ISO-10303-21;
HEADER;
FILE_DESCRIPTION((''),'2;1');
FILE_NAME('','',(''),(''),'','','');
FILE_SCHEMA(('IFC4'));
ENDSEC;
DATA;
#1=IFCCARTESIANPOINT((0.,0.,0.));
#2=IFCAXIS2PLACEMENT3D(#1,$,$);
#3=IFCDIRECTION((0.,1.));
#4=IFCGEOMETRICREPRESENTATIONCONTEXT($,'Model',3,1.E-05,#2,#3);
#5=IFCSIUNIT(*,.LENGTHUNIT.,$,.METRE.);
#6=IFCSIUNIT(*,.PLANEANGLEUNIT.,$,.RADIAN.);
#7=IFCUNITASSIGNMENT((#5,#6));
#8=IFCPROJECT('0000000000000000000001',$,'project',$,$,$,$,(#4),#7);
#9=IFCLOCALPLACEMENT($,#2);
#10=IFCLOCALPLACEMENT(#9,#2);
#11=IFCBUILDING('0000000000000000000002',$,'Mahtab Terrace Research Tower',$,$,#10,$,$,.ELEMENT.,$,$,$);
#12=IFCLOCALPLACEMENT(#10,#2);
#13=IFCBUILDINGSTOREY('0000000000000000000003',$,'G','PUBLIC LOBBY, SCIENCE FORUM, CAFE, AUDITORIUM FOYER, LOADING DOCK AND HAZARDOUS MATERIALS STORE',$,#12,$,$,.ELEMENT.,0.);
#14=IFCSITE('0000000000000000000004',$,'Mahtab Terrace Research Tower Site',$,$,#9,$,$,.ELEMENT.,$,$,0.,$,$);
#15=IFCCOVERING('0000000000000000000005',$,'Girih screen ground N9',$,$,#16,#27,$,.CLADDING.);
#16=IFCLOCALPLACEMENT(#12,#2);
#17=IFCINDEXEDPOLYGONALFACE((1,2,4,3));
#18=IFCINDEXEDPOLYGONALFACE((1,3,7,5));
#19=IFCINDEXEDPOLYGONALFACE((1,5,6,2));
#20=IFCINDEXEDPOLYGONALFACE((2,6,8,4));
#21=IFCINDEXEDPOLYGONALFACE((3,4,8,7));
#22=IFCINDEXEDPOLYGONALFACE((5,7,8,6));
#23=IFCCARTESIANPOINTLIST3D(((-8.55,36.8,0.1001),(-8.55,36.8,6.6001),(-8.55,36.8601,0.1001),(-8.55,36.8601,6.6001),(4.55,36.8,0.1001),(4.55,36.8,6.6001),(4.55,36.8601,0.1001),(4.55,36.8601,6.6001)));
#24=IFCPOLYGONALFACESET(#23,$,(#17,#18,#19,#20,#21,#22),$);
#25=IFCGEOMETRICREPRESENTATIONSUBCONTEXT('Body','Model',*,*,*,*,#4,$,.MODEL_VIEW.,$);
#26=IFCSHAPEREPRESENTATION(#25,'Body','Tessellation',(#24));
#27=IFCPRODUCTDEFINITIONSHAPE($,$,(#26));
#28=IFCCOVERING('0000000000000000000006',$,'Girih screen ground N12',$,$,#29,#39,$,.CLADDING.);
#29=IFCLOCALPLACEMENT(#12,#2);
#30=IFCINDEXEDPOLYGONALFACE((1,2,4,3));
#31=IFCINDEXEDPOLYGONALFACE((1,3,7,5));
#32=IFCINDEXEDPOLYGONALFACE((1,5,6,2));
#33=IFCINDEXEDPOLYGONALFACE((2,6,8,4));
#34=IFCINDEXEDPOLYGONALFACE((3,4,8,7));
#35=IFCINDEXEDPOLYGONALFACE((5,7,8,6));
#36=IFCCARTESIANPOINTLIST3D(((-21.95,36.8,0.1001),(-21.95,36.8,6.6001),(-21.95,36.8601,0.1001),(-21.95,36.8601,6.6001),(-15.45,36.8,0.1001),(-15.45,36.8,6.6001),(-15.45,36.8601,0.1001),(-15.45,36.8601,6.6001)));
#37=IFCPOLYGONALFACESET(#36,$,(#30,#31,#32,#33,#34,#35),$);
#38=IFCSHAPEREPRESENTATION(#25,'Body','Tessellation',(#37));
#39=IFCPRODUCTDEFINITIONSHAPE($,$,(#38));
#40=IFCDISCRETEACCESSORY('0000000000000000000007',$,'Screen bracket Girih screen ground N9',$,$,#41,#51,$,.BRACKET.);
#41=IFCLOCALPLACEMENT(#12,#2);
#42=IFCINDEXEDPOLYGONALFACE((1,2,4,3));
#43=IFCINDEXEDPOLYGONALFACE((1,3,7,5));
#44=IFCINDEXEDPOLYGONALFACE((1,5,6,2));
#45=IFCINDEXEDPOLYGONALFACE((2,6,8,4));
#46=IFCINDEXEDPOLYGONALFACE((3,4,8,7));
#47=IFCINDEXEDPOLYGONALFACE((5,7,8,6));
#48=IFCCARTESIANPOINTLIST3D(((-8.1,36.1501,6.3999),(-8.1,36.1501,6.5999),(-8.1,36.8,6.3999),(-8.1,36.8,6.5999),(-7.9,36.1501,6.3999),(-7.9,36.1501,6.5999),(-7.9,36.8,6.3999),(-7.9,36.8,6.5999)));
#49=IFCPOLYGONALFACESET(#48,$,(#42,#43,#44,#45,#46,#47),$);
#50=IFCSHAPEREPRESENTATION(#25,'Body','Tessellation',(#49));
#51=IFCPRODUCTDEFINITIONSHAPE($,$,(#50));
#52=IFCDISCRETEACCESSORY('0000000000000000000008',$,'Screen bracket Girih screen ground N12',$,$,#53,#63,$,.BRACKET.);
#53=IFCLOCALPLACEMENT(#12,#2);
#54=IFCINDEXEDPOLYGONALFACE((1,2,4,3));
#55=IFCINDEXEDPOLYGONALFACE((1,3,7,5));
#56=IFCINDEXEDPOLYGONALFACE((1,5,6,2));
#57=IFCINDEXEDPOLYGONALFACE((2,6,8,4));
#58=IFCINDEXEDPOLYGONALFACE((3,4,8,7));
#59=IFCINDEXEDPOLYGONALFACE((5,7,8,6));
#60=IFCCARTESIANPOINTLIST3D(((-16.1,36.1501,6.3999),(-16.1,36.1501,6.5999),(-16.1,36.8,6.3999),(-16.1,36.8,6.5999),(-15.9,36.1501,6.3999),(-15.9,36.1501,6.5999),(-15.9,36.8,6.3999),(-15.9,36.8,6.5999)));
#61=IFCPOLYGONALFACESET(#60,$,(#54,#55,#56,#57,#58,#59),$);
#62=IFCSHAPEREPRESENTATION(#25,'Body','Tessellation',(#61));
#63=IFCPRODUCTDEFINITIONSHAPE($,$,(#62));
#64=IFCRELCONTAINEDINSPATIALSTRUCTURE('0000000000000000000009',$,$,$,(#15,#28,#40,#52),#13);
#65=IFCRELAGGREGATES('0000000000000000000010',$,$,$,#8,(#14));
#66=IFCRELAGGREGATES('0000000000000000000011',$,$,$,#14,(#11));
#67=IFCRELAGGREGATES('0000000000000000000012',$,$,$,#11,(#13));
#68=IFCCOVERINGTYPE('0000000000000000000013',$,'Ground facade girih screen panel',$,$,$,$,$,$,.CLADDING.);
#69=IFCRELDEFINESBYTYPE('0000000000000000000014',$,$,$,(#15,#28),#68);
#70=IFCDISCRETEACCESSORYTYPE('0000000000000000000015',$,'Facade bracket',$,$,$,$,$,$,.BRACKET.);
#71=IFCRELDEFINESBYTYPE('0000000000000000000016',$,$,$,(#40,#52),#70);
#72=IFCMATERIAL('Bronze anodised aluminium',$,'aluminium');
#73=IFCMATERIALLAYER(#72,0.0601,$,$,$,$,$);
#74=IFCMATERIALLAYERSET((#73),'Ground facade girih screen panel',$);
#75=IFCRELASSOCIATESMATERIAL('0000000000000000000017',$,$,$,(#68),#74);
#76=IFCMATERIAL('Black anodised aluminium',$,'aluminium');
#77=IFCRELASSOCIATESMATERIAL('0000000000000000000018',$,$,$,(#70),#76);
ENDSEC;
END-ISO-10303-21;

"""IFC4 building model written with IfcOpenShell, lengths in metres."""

from ifc_helpers import new_model, si_unit, direction, frame, origin, origin_2d, place, context, subcontext, project, spatial, rectangle, extrude, material, layer, layer_set, type_object, element, save


model = new_model("IFC4")

# Units and contexts
model_context = context("Model", 3, precision=1e-05, world=origin(), true_north=direction((0.0, 1.0)))
body_context = subcontext(model_context, "Body", "Model", "MODEL_VIEW")
ifc_project = project(units=[si_unit("LENGTHUNIT", "METRE"), si_unit("PLANEANGLEUNIT", "RADIAN")], contexts=[model_context])

# Site, building, storey
site_placement = place(None, origin())
site = spatial("IfcSite", under=ifc_project, at=site_placement, Name="Mahtab Terrace Research Tower Site", CompositionType="ELEMENT", RefElevation=0.0)
building_placement = place(site_placement, origin())
building = spatial("IfcBuilding", under=site, at=building_placement, Name="Mahtab Terrace Research Tower", CompositionType="ELEMENT")
storey_placement = place(building_placement, origin())
storey = spatial("IfcBuildingStorey", under=building, at=storey_placement, Name="G", Description="PUBLIC LOBBY, SCIENCE FORUM, CAFE, AUDITORIUM FOYER, LOADING DOCK AND HAZARDOUS MATERIALS STORE", CompositionType="ELEMENT", Elevation=0.0)

# Shared definitions
ifc_material_1 = material(Name="Black anodised aluminium", Category="aluminium")

# Coverings
ifc_material_2 = material(Name="Bronze anodised aluminium", Category="aluminium")
ifc_layer_1 = layer(ifc_material_2, 0.0601)
ifc_layer_set_1 = layer_set([ifc_layer_1], Name="Ground facade girih screen panel")
covering_type = type_object("IfcCoveringType", Name="Ground facade girih screen panel", PredefinedType="CLADDING", material=ifc_layer_set_1)
covering_1_placement = place(storey_placement, frame((-2.0, 36.8301, 0.1001), z_axis=(0.0, 0.0, 1.0), x_axis=(-1.0, 0.0, 0.0)))
element("IfcCovering", 1, at=covering_1_placement, inside=storey, type_object=covering_type, Name="Girih screen ground N9", PredefinedType="CLADDING", context=body_context, shape_type="SweptSolid", body=[
    extrude(rectangle(XDim=13.1001, YDim=0.0601, at=origin_2d()), origin(), (0.0, 0.0, 1.0), 6.5),
])
covering_2_placement = place(storey_placement, frame((-18.7, 36.8301, 0.1001), z_axis=(0.0, 0.0, 1.0), x_axis=(-1.0, 0.0, 0.0)))
element("IfcCovering", 2, at=covering_2_placement, inside=storey, type_object=covering_type, Name="Girih screen ground N12", PredefinedType="CLADDING", context=body_context, shape_type="SweptSolid", body=[
    extrude(rectangle(XDim=6.5, YDim=0.0601, at=origin_2d()), origin(), (0.0, 0.0, 1.0), 6.5),
])

# Discrete accessories
discrete_accessory_type = type_object("IfcDiscreteAccessoryType", Name="Facade bracket", PredefinedType="BRACKET", material=ifc_material_1)
for number, where, z_axis, x_axis, name in (
    (3, (-8.0, 36.4751, 6.3999), (0.0, 0.0, 1.0), (-1.0, 0.0, 0.0), "Screen bracket Girih screen ground N9"),
    (4, (-16.0, 36.4751, 6.3999), (0.0, 0.0, 1.0), (-1.0, 0.0, 0.0), "Screen bracket Girih screen ground N12"),
):
    element("IfcDiscreteAccessory", number, at=place(storey_placement, frame(where, z_axis=z_axis, x_axis=x_axis)), inside=storey, type_object=discrete_accessory_type, Name=name, PredefinedType="BRACKET", context=body_context, shape_type="SweptSolid", body=[
        extrude(rectangle(XDim=0.2, YDim=0.6499, at=origin_2d()), origin(), (0.0, 0.0, 1.0), 0.2),
    ])

save(model, "model.ifc")
